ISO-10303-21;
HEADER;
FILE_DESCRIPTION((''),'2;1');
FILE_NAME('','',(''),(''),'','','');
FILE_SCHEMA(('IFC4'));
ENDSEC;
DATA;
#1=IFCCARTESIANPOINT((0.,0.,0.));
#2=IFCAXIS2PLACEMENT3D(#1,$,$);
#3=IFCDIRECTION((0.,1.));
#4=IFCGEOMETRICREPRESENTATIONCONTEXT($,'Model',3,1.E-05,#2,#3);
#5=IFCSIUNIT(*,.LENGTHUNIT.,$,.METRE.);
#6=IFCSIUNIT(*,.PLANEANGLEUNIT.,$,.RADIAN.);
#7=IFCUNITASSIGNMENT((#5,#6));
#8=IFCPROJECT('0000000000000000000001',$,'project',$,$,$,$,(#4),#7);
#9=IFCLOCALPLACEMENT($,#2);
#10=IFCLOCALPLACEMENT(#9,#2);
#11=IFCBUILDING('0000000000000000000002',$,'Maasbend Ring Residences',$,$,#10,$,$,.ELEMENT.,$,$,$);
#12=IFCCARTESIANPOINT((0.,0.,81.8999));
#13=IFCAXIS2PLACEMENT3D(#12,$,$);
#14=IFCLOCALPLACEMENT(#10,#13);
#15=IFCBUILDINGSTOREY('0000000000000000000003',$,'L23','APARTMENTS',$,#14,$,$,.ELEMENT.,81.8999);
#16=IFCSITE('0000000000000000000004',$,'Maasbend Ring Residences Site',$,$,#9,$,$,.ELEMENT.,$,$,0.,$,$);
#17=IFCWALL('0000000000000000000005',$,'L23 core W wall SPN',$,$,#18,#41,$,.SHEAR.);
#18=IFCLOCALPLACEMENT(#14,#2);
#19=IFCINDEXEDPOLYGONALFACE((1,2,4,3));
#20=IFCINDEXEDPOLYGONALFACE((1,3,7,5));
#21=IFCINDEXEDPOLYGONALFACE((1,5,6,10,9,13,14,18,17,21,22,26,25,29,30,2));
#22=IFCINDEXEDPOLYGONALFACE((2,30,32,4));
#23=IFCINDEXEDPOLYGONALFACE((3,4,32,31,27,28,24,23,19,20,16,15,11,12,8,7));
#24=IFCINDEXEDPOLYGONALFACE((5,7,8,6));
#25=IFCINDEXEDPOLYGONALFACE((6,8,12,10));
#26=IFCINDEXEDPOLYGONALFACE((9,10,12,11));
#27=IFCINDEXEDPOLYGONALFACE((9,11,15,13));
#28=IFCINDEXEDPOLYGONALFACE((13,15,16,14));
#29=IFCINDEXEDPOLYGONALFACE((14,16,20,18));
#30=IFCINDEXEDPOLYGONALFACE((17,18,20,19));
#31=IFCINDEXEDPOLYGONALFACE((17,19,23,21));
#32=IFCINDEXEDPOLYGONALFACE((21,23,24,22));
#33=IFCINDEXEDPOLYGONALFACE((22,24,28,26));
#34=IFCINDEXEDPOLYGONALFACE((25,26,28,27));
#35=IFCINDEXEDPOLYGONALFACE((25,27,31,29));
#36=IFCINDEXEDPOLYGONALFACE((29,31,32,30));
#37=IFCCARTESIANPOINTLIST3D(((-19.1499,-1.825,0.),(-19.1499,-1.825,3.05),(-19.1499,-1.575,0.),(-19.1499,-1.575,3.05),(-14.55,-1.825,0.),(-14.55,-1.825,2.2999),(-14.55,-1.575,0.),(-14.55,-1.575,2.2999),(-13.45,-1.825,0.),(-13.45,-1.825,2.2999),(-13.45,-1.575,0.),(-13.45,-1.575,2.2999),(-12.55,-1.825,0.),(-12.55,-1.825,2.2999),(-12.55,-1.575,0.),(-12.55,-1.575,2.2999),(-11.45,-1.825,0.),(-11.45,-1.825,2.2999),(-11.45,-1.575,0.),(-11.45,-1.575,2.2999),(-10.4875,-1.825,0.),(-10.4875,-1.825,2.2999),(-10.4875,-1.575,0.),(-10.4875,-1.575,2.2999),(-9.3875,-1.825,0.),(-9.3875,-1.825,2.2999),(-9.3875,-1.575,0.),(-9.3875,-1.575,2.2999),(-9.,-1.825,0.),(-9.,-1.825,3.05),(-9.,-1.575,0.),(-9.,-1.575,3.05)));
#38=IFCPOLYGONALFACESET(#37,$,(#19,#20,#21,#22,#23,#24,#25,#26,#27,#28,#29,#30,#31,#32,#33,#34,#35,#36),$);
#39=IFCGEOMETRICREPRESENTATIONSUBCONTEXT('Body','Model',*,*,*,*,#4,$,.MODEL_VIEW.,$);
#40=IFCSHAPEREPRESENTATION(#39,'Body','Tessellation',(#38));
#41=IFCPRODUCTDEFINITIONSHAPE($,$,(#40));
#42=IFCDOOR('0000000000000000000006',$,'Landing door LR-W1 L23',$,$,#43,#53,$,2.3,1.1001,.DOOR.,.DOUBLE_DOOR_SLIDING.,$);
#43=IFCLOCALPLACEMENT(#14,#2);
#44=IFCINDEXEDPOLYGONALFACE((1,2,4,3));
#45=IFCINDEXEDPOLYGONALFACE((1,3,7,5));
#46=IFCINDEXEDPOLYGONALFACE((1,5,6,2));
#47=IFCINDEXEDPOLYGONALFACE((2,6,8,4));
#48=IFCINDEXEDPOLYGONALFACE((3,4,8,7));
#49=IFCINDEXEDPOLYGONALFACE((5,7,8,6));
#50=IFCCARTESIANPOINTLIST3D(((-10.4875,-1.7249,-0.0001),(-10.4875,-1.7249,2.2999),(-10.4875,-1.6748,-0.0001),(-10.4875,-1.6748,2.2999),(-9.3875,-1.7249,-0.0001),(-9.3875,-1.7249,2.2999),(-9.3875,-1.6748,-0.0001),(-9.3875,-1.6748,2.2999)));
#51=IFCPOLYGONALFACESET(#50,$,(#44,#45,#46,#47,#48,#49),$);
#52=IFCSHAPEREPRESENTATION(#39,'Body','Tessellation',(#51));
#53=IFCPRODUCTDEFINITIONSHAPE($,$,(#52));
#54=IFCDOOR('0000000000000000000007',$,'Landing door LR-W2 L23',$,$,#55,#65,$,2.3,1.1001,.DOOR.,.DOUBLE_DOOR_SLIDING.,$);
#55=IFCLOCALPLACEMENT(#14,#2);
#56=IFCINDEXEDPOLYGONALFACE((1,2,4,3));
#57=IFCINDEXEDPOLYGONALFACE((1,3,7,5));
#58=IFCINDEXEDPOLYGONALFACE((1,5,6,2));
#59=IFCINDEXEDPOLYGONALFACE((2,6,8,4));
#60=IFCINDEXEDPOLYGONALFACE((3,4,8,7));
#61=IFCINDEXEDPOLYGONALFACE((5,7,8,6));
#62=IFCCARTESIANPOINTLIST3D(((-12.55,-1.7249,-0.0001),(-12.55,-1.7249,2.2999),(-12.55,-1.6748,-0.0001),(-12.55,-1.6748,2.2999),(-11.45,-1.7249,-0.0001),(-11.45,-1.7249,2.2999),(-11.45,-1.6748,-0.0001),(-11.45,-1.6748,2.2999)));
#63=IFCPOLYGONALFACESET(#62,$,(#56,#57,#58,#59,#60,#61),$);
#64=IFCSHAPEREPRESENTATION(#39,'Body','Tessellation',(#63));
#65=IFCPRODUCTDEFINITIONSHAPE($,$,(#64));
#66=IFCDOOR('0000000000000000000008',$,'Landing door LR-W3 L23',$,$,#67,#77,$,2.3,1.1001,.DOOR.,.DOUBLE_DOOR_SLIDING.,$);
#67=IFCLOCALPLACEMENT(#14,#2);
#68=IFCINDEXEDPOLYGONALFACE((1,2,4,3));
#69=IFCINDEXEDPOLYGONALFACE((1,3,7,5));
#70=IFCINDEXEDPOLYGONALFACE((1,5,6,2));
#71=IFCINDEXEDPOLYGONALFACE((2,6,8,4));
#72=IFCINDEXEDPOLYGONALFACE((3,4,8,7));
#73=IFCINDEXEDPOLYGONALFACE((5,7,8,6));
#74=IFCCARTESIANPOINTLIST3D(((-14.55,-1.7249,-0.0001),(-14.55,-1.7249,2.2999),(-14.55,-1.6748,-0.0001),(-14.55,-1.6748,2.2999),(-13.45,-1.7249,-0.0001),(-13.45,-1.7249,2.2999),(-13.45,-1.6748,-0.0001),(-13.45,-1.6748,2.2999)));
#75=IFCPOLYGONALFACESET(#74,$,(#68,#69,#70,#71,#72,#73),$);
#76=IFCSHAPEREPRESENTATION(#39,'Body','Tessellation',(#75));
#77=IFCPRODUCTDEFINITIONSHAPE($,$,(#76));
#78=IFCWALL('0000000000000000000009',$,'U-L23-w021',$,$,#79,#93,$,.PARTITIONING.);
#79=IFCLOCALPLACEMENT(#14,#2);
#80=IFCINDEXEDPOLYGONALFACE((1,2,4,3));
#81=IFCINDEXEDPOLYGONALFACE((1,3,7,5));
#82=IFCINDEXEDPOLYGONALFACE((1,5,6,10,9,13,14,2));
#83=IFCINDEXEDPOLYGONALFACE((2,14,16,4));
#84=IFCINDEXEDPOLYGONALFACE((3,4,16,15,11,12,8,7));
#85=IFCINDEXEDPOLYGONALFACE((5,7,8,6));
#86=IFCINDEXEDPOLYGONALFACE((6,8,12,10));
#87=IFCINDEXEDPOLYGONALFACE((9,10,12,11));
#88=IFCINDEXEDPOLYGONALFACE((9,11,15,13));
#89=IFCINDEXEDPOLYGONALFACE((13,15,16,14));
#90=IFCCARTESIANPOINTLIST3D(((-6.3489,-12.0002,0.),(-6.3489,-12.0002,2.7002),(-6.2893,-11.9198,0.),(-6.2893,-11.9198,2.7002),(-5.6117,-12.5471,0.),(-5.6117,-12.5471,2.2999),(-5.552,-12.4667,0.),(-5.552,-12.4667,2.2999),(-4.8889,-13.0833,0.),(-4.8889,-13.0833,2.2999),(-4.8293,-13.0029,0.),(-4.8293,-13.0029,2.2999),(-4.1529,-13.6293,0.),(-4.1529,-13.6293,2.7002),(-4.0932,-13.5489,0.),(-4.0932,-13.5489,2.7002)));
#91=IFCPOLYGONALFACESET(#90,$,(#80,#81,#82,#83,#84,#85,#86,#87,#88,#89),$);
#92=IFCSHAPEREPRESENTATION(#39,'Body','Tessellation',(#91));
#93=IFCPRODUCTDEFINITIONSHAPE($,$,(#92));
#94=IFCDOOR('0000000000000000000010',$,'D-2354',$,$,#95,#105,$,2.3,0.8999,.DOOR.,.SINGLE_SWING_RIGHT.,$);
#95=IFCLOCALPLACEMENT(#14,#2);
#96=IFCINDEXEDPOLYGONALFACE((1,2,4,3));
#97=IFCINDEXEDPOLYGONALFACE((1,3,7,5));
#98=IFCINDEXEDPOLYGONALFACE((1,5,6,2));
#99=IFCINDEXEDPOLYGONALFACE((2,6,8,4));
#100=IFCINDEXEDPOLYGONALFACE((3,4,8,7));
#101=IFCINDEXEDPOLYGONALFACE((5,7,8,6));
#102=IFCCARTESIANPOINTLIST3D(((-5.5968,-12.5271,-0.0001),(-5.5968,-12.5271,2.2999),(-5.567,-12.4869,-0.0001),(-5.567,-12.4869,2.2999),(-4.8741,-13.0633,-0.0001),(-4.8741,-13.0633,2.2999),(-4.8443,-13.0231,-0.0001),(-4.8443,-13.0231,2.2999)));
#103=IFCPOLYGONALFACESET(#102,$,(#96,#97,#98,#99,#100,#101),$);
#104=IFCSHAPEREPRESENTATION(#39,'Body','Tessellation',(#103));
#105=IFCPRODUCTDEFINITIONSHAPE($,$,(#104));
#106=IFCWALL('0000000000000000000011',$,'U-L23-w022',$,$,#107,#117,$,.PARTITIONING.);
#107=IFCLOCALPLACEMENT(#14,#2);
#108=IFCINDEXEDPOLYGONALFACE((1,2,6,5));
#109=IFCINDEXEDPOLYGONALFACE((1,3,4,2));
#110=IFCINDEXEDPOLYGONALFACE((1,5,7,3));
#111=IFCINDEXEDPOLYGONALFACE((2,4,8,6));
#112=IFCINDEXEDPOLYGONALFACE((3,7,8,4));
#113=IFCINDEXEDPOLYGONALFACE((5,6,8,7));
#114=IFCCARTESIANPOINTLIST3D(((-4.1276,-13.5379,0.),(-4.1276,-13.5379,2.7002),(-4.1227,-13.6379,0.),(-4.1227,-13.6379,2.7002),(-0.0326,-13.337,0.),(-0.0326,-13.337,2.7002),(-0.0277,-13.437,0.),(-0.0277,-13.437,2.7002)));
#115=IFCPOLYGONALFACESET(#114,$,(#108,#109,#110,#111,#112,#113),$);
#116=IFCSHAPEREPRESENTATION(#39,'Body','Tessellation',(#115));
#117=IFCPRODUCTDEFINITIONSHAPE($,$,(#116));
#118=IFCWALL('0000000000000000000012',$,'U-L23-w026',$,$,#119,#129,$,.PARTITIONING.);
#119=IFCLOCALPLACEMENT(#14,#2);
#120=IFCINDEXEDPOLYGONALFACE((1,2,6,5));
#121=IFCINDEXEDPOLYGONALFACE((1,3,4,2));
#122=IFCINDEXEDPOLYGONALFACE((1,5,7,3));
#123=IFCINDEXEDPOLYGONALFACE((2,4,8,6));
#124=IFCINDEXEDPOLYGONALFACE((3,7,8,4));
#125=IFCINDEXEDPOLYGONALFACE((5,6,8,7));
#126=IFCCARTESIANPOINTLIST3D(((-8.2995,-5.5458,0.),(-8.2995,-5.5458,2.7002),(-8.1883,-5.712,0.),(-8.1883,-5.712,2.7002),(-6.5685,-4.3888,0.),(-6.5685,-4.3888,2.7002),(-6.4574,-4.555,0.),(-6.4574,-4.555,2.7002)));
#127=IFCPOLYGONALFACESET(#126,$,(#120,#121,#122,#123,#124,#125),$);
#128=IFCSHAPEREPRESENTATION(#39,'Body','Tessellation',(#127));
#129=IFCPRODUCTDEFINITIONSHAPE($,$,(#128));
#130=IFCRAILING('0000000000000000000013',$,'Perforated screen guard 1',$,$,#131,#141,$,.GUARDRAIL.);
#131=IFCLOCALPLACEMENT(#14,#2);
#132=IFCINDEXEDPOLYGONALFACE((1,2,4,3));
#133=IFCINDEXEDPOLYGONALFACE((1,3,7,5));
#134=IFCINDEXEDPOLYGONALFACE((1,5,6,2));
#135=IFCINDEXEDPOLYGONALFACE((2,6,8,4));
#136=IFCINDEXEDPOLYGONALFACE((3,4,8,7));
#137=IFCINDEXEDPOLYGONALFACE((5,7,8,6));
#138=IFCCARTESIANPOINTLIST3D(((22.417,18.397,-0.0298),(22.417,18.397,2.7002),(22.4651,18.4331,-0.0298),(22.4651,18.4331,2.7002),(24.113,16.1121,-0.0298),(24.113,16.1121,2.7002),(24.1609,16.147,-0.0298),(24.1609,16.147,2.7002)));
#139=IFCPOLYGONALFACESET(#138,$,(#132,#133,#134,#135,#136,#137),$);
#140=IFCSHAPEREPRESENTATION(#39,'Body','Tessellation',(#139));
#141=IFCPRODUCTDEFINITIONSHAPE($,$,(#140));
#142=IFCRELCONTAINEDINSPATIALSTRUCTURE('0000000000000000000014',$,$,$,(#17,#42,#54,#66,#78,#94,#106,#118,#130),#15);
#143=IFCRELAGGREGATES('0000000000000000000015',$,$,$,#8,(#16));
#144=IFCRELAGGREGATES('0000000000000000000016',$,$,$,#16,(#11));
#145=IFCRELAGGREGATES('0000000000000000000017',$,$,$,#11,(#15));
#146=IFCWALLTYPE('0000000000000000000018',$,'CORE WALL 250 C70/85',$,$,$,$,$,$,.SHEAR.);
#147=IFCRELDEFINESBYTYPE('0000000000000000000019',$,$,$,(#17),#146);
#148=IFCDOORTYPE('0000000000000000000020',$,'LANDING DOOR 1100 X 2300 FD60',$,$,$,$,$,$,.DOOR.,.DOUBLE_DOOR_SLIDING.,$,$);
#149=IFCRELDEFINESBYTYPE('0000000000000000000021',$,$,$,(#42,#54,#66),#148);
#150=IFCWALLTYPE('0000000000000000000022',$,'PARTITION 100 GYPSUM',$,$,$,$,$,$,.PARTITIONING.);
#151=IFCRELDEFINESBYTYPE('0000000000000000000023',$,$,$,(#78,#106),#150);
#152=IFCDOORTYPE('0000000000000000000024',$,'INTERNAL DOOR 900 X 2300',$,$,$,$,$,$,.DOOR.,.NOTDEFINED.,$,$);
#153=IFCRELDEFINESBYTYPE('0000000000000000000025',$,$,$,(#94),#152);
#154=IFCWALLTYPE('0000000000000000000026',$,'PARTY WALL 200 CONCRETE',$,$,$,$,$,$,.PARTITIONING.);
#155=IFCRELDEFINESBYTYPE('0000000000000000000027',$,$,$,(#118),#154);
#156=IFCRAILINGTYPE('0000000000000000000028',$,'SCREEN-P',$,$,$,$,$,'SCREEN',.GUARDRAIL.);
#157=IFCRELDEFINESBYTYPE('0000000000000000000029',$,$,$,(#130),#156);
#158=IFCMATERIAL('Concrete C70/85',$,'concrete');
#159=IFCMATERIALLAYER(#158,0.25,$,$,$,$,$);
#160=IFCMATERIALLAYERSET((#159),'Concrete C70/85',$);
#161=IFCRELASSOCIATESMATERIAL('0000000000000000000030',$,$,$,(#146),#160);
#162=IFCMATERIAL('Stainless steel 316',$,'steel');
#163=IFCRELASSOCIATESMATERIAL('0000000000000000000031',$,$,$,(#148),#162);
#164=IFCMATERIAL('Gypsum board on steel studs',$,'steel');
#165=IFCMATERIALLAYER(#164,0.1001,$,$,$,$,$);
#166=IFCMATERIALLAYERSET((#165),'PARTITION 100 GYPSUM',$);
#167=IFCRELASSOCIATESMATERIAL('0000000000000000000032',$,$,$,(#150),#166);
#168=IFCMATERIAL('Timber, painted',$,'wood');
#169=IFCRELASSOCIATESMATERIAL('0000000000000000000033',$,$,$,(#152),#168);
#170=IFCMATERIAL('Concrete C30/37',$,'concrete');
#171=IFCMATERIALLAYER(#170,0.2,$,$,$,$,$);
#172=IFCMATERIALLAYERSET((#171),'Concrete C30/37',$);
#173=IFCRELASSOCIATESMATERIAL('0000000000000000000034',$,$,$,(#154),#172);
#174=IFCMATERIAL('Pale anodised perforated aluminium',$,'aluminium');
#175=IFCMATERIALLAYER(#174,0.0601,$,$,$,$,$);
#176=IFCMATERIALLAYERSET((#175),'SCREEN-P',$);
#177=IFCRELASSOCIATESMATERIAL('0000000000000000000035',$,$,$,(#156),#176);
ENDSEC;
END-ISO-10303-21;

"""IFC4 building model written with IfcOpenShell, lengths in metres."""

from ifc_helpers import new_model, si_unit, direction, frame, frame_2d, origin, place, context, subcontext, project, spatial, polyline, rectangle, outline, extrude, material, layer, layer_set, type_object, element, fill, save


model = new_model("IFC4")

# Units and contexts
model_context = context("Model", 3, precision=1e-05, world=origin(), true_north=direction((0.0, 1.0)))
body_context = subcontext(model_context, "Body", "Model", "MODEL_VIEW")
ifc_project = project(units=[si_unit("LENGTHUNIT", "METRE"), si_unit("PLANEANGLEUNIT", "RADIAN")], contexts=[model_context])

# Site, building, storey
site_placement = place(None, origin())
site = spatial("IfcSite", under=ifc_project, at=site_placement, Name="Maasbend Ring Residences Site", CompositionType="ELEMENT", RefElevation=0.0)
building_placement = place(site_placement, origin())
building = spatial("IfcBuilding", under=site, at=building_placement, Name="Maasbend Ring Residences", CompositionType="ELEMENT")
storey_placement = place(building_placement, frame((0.0, 0.0, 81.8999)))
storey = spatial("IfcBuildingStorey", under=building, at=storey_placement, Name="L23", Description="APARTMENTS", CompositionType="ELEMENT", Elevation=81.8999)

# Wall, openings, doors
ifc_material_1 = material(Name="Concrete C70/85", Category="concrete")
ifc_layer_1 = layer(ifc_material_1, 0.25)
ifc_layer_set_1 = layer_set([ifc_layer_1], Name="Concrete C70/85")
wall_type_1 = type_object("IfcWallType", Name="CORE WALL 250 C70/85", PredefinedType="SHEAR", material=ifc_layer_set_1)
wall_1_placement = place(storey_placement, frame((-9.0, -1.7, 0.0), z_axis=(0.0, 0.0, 1.0), x_axis=(-1.0, 0.0, 0.0)))
wall_1 = element("IfcWall", 1, at=wall_1_placement, inside=storey, type_object=wall_type_1, Name="L23 core W wall SPN", PredefinedType="SHEAR", context=body_context, shape_type="SweptSolid", body=[
    extrude(rectangle(XDim=10.1499, YDim=0.25, at=frame_2d((5.075, 0.0))), origin(), (0.0, 0.0, 1.0), 3.05),
])
opening_1_placement = place(wall_1_placement, frame((0.3875, 0.0, 0.0)))
opening_1 = element("IfcOpeningElement", 2, at=opening_1_placement, cuts=wall_1, PredefinedType="OPENING", context=body_context, shape_type="SweptSolid", body=[
    extrude(rectangle(XDim=1.1001, YDim=2.3, at=frame_2d((0.55, 1.1499))), frame((0.0, 0.135, 0.0), z_axis=(0.0, -1.0, 0.0), x_axis=(1.0, 0.0, 0.0)), (0.0, 0.0, 1.0), 0.27),
])
opening_2_placement = place(wall_1_placement, frame((2.45, 0.0, 0.0)))
opening_2 = element("IfcOpeningElement", 3, at=opening_2_placement, cuts=wall_1, PredefinedType="OPENING", context=body_context, shape_type="SweptSolid", body=[
    extrude(rectangle(XDim=1.1001, YDim=2.3, at=frame_2d((0.55, 1.1499))), frame((0.0, 0.135, 0.0), z_axis=(0.0, -1.0, 0.0), x_axis=(1.0, 0.0, 0.0)), (0.0, 0.0, 1.0), 0.27),
])
opening_3_placement = place(wall_1_placement, frame((4.45, 0.0, 0.0)))
opening_3 = element("IfcOpeningElement", 4, at=opening_3_placement, cuts=wall_1, PredefinedType="OPENING", context=body_context, shape_type="SweptSolid", body=[
    extrude(rectangle(XDim=1.1001, YDim=2.3, at=frame_2d((0.55, 1.1499))), frame((0.0, 0.135, 0.0), z_axis=(0.0, -1.0, 0.0), x_axis=(1.0, 0.0, 0.0)), (0.0, 0.0, 1.0), 0.27),
])
ifc_material_2 = material(Name="Stainless steel 316", Category="steel")
door_type_1 = type_object("IfcDoorType", Name="LANDING DOOR 1100 X 2300 FD60", OperationType="DOUBLE_DOOR_SLIDING", PredefinedType="DOOR", material=ifc_material_2)
door_1_placement = place(opening_1_placement, origin())
door_1 = element("IfcDoor", 5, at=door_1_placement, inside=storey, type_object=door_type_1, Name="Landing door LR-W1 L23", OperationType="DOUBLE_DOOR_SLIDING", OverallHeight=2.3, OverallWidth=1.1001, PredefinedType="DOOR", context=body_context, shape_type="SweptSolid", body=[
    extrude(rectangle(XDim=1.1001, YDim=2.3, at=frame_2d((0.55, 1.1499))), frame((0.0, 0.0249, 0.0), z_axis=(0.0, -1.0, 0.0), x_axis=(1.0, 0.0, 0.0)), (0.0, 0.0, 1.0), 0.05),
])
fill(opening_1, door_1)
door_2_placement = place(opening_2_placement, origin())
door_2 = element("IfcDoor", 6, at=door_2_placement, inside=storey, type_object=door_type_1, Name="Landing door LR-W2 L23", OperationType="DOUBLE_DOOR_SLIDING", OverallHeight=2.3, OverallWidth=1.1001, PredefinedType="DOOR", context=body_context, shape_type="SweptSolid", body=[
    extrude(rectangle(XDim=1.1001, YDim=2.3, at=frame_2d((0.55, 1.1499))), frame((0.0, 0.0249, 0.0), z_axis=(0.0, -1.0, 0.0), x_axis=(1.0, 0.0, 0.0)), (0.0, 0.0, 1.0), 0.05),
])
fill(opening_2, door_2)
door_3_placement = place(opening_3_placement, origin())
door_3 = element("IfcDoor", 7, at=door_3_placement, inside=storey, type_object=door_type_1, Name="Landing door LR-W3 L23", OperationType="DOUBLE_DOOR_SLIDING", OverallHeight=2.3, OverallWidth=1.1001, PredefinedType="DOOR", context=body_context, shape_type="SweptSolid", body=[
    extrude(rectangle(XDim=1.1001, YDim=2.3, at=frame_2d((0.55, 1.1499))), frame((0.0, 0.0249, 0.0), z_axis=(0.0, -1.0, 0.0), x_axis=(1.0, 0.0, 0.0)), (0.0, 0.0, 1.0), 0.05),
])
fill(opening_3, door_3)

# Wall, opening, door
ifc_material_3 = material(Name="Gypsum board on steel studs", Category="steel")
ifc_layer_2 = layer(ifc_material_3, 0.1001)
ifc_layer_set_2 = layer_set([ifc_layer_2], Name="PARTITION 100 GYPSUM")
wall_type_2 = type_object("IfcWallType", Name="PARTITION 100 GYPSUM", PredefinedType="PARTITIONING", material=ifc_layer_set_2)
wall_2_placement = place(storey_placement, frame((-6.3191, -11.96, 0.0), z_axis=(0.0, 0.0, 1.0), x_axis=(0.803128, -0.595806, 0.0)))
wall_2 = element("IfcWall", 8, at=wall_2_placement, inside=storey, type_object=wall_type_2, Name="U-L23-w021", PredefinedType="PARTITIONING", context=body_context, shape_type="SweptSolid", body=[
    extrude(rectangle(XDim=2.7344, YDim=0.1001, at=frame_2d((1.3672, 0.0))), origin(), (0.0, 0.0, 1.0), 2.7002),
])
opening_4_placement = place(wall_2_placement, frame((0.918, 0.0, 0.0)))
opening_4 = element("IfcOpeningElement", 9, at=opening_4_placement, cuts=wall_2, PredefinedType="OPENING", context=body_context, shape_type="SweptSolid", body=[
    extrude(rectangle(XDim=0.8999, YDim=2.3, at=frame_2d((0.45, 1.1499))), frame((0.0, 0.0601, 0.0), z_axis=(0.0, -1.0, 0.0), x_axis=(1.0, 0.0, 0.0)), (0.0, 0.0, 1.0), 0.1201),
])
ifc_material_4 = material(Name="Timber, painted", Category="wood")
door_type_2 = type_object("IfcDoorType", Name="INTERNAL DOOR 900 X 2300", OperationType="NOTDEFINED", PredefinedType="DOOR", material=ifc_material_4)
door_4_placement = place(opening_4_placement, origin())
door_4 = element("IfcDoor", 10, at=door_4_placement, inside=storey, type_object=door_type_2, Name="D-2354", OperationType="SINGLE_SWING_RIGHT", OverallHeight=2.3, OverallWidth=0.8999, PredefinedType="DOOR", context=body_context, shape_type="SweptSolid", body=[
    extrude(rectangle(XDim=0.8999, YDim=2.3, at=frame_2d((0.45, 1.1499))), frame((0.0, 0.0249, 0.0), z_axis=(0.0, -1.0, 0.0), x_axis=(1.0, 0.0, 0.0)), (0.0, 0.0, 1.0), 0.05),
])
fill(opening_4, door_4)

# Walls
wall_3_placement = place(storey_placement, frame((-4.125, -13.5879, 0.0), z_axis=(0.0, 0.0, 1.0), x_axis=(0.998798, 0.049008, 0.0)))
element("IfcWall", 11, at=wall_3_placement, inside=storey, type_object=wall_type_2, Name="U-L23-w022", PredefinedType="PARTITIONING", context=body_context, shape_type="SweptSolid", body=[
    extrude(rectangle(XDim=4.0999, YDim=0.1001, at=frame_2d((2.0498, 0.0))), origin(), (0.0, 0.0, 1.0), 2.7002),
])
ifc_material_5 = material(Name="Concrete C30/37", Category="concrete")
ifc_layer_3 = layer(ifc_material_5, 0.2)
ifc_layer_set_3 = layer_set([ifc_layer_3], Name="Concrete C30/37")
wall_type_3 = type_object("IfcWallType", Name="PARTY WALL 200 CONCRETE", PredefinedType="PARTITIONING", material=ifc_layer_set_3)
wall_4_placement = place(storey_placement, frame((-6.5129, -4.4719, 0.0), z_axis=(0.0, 0.0, 1.0), x_axis=(-0.831382, -0.555701, 0.0)))
element("IfcWall", 12, at=wall_4_placement, inside=storey, type_object=wall_type_3, Name="U-L23-w026", PredefinedType="PARTITIONING", context=body_context, shape_type="SweptSolid", body=[
    extrude(rectangle(XDim=2.082, YDim=0.2, at=frame_2d((1.041, 0.0))), origin(), (0.0, 0.0, 1.0), 2.7002),
])

# Railing
ifc_material_6 = material(Name="Pale anodised perforated aluminium", Category="aluminium")
ifc_layer_4 = layer(ifc_material_6, 0.0601)
ifc_layer_set_4 = layer_set([ifc_layer_4], Name="SCREEN-P")
railing_type = type_object("IfcRailingType", Name="SCREEN-P", ElementType="SCREEN", PredefinedType="GUARDRAIL", material=ifc_layer_set_4)
railing_placement = place(storey_placement, frame((0.0, 0.0, -0.0298)))
element("IfcRailing", 13, at=railing_placement, inside=storey, type_object=railing_type, Name="Perforated screen guard 1", PredefinedType="GUARDRAIL", context=body_context, shape_type="SweptSolid", body=[
    extrude(outline(polyline([(24.113, 16.1121), (22.417, 18.397), (22.4651, 18.4331), (24.1609, 16.147), (24.113, 16.1121)])), origin(), (0.0, 0.0, 1.0), 2.73),
])

save(model, "model.ifc")
